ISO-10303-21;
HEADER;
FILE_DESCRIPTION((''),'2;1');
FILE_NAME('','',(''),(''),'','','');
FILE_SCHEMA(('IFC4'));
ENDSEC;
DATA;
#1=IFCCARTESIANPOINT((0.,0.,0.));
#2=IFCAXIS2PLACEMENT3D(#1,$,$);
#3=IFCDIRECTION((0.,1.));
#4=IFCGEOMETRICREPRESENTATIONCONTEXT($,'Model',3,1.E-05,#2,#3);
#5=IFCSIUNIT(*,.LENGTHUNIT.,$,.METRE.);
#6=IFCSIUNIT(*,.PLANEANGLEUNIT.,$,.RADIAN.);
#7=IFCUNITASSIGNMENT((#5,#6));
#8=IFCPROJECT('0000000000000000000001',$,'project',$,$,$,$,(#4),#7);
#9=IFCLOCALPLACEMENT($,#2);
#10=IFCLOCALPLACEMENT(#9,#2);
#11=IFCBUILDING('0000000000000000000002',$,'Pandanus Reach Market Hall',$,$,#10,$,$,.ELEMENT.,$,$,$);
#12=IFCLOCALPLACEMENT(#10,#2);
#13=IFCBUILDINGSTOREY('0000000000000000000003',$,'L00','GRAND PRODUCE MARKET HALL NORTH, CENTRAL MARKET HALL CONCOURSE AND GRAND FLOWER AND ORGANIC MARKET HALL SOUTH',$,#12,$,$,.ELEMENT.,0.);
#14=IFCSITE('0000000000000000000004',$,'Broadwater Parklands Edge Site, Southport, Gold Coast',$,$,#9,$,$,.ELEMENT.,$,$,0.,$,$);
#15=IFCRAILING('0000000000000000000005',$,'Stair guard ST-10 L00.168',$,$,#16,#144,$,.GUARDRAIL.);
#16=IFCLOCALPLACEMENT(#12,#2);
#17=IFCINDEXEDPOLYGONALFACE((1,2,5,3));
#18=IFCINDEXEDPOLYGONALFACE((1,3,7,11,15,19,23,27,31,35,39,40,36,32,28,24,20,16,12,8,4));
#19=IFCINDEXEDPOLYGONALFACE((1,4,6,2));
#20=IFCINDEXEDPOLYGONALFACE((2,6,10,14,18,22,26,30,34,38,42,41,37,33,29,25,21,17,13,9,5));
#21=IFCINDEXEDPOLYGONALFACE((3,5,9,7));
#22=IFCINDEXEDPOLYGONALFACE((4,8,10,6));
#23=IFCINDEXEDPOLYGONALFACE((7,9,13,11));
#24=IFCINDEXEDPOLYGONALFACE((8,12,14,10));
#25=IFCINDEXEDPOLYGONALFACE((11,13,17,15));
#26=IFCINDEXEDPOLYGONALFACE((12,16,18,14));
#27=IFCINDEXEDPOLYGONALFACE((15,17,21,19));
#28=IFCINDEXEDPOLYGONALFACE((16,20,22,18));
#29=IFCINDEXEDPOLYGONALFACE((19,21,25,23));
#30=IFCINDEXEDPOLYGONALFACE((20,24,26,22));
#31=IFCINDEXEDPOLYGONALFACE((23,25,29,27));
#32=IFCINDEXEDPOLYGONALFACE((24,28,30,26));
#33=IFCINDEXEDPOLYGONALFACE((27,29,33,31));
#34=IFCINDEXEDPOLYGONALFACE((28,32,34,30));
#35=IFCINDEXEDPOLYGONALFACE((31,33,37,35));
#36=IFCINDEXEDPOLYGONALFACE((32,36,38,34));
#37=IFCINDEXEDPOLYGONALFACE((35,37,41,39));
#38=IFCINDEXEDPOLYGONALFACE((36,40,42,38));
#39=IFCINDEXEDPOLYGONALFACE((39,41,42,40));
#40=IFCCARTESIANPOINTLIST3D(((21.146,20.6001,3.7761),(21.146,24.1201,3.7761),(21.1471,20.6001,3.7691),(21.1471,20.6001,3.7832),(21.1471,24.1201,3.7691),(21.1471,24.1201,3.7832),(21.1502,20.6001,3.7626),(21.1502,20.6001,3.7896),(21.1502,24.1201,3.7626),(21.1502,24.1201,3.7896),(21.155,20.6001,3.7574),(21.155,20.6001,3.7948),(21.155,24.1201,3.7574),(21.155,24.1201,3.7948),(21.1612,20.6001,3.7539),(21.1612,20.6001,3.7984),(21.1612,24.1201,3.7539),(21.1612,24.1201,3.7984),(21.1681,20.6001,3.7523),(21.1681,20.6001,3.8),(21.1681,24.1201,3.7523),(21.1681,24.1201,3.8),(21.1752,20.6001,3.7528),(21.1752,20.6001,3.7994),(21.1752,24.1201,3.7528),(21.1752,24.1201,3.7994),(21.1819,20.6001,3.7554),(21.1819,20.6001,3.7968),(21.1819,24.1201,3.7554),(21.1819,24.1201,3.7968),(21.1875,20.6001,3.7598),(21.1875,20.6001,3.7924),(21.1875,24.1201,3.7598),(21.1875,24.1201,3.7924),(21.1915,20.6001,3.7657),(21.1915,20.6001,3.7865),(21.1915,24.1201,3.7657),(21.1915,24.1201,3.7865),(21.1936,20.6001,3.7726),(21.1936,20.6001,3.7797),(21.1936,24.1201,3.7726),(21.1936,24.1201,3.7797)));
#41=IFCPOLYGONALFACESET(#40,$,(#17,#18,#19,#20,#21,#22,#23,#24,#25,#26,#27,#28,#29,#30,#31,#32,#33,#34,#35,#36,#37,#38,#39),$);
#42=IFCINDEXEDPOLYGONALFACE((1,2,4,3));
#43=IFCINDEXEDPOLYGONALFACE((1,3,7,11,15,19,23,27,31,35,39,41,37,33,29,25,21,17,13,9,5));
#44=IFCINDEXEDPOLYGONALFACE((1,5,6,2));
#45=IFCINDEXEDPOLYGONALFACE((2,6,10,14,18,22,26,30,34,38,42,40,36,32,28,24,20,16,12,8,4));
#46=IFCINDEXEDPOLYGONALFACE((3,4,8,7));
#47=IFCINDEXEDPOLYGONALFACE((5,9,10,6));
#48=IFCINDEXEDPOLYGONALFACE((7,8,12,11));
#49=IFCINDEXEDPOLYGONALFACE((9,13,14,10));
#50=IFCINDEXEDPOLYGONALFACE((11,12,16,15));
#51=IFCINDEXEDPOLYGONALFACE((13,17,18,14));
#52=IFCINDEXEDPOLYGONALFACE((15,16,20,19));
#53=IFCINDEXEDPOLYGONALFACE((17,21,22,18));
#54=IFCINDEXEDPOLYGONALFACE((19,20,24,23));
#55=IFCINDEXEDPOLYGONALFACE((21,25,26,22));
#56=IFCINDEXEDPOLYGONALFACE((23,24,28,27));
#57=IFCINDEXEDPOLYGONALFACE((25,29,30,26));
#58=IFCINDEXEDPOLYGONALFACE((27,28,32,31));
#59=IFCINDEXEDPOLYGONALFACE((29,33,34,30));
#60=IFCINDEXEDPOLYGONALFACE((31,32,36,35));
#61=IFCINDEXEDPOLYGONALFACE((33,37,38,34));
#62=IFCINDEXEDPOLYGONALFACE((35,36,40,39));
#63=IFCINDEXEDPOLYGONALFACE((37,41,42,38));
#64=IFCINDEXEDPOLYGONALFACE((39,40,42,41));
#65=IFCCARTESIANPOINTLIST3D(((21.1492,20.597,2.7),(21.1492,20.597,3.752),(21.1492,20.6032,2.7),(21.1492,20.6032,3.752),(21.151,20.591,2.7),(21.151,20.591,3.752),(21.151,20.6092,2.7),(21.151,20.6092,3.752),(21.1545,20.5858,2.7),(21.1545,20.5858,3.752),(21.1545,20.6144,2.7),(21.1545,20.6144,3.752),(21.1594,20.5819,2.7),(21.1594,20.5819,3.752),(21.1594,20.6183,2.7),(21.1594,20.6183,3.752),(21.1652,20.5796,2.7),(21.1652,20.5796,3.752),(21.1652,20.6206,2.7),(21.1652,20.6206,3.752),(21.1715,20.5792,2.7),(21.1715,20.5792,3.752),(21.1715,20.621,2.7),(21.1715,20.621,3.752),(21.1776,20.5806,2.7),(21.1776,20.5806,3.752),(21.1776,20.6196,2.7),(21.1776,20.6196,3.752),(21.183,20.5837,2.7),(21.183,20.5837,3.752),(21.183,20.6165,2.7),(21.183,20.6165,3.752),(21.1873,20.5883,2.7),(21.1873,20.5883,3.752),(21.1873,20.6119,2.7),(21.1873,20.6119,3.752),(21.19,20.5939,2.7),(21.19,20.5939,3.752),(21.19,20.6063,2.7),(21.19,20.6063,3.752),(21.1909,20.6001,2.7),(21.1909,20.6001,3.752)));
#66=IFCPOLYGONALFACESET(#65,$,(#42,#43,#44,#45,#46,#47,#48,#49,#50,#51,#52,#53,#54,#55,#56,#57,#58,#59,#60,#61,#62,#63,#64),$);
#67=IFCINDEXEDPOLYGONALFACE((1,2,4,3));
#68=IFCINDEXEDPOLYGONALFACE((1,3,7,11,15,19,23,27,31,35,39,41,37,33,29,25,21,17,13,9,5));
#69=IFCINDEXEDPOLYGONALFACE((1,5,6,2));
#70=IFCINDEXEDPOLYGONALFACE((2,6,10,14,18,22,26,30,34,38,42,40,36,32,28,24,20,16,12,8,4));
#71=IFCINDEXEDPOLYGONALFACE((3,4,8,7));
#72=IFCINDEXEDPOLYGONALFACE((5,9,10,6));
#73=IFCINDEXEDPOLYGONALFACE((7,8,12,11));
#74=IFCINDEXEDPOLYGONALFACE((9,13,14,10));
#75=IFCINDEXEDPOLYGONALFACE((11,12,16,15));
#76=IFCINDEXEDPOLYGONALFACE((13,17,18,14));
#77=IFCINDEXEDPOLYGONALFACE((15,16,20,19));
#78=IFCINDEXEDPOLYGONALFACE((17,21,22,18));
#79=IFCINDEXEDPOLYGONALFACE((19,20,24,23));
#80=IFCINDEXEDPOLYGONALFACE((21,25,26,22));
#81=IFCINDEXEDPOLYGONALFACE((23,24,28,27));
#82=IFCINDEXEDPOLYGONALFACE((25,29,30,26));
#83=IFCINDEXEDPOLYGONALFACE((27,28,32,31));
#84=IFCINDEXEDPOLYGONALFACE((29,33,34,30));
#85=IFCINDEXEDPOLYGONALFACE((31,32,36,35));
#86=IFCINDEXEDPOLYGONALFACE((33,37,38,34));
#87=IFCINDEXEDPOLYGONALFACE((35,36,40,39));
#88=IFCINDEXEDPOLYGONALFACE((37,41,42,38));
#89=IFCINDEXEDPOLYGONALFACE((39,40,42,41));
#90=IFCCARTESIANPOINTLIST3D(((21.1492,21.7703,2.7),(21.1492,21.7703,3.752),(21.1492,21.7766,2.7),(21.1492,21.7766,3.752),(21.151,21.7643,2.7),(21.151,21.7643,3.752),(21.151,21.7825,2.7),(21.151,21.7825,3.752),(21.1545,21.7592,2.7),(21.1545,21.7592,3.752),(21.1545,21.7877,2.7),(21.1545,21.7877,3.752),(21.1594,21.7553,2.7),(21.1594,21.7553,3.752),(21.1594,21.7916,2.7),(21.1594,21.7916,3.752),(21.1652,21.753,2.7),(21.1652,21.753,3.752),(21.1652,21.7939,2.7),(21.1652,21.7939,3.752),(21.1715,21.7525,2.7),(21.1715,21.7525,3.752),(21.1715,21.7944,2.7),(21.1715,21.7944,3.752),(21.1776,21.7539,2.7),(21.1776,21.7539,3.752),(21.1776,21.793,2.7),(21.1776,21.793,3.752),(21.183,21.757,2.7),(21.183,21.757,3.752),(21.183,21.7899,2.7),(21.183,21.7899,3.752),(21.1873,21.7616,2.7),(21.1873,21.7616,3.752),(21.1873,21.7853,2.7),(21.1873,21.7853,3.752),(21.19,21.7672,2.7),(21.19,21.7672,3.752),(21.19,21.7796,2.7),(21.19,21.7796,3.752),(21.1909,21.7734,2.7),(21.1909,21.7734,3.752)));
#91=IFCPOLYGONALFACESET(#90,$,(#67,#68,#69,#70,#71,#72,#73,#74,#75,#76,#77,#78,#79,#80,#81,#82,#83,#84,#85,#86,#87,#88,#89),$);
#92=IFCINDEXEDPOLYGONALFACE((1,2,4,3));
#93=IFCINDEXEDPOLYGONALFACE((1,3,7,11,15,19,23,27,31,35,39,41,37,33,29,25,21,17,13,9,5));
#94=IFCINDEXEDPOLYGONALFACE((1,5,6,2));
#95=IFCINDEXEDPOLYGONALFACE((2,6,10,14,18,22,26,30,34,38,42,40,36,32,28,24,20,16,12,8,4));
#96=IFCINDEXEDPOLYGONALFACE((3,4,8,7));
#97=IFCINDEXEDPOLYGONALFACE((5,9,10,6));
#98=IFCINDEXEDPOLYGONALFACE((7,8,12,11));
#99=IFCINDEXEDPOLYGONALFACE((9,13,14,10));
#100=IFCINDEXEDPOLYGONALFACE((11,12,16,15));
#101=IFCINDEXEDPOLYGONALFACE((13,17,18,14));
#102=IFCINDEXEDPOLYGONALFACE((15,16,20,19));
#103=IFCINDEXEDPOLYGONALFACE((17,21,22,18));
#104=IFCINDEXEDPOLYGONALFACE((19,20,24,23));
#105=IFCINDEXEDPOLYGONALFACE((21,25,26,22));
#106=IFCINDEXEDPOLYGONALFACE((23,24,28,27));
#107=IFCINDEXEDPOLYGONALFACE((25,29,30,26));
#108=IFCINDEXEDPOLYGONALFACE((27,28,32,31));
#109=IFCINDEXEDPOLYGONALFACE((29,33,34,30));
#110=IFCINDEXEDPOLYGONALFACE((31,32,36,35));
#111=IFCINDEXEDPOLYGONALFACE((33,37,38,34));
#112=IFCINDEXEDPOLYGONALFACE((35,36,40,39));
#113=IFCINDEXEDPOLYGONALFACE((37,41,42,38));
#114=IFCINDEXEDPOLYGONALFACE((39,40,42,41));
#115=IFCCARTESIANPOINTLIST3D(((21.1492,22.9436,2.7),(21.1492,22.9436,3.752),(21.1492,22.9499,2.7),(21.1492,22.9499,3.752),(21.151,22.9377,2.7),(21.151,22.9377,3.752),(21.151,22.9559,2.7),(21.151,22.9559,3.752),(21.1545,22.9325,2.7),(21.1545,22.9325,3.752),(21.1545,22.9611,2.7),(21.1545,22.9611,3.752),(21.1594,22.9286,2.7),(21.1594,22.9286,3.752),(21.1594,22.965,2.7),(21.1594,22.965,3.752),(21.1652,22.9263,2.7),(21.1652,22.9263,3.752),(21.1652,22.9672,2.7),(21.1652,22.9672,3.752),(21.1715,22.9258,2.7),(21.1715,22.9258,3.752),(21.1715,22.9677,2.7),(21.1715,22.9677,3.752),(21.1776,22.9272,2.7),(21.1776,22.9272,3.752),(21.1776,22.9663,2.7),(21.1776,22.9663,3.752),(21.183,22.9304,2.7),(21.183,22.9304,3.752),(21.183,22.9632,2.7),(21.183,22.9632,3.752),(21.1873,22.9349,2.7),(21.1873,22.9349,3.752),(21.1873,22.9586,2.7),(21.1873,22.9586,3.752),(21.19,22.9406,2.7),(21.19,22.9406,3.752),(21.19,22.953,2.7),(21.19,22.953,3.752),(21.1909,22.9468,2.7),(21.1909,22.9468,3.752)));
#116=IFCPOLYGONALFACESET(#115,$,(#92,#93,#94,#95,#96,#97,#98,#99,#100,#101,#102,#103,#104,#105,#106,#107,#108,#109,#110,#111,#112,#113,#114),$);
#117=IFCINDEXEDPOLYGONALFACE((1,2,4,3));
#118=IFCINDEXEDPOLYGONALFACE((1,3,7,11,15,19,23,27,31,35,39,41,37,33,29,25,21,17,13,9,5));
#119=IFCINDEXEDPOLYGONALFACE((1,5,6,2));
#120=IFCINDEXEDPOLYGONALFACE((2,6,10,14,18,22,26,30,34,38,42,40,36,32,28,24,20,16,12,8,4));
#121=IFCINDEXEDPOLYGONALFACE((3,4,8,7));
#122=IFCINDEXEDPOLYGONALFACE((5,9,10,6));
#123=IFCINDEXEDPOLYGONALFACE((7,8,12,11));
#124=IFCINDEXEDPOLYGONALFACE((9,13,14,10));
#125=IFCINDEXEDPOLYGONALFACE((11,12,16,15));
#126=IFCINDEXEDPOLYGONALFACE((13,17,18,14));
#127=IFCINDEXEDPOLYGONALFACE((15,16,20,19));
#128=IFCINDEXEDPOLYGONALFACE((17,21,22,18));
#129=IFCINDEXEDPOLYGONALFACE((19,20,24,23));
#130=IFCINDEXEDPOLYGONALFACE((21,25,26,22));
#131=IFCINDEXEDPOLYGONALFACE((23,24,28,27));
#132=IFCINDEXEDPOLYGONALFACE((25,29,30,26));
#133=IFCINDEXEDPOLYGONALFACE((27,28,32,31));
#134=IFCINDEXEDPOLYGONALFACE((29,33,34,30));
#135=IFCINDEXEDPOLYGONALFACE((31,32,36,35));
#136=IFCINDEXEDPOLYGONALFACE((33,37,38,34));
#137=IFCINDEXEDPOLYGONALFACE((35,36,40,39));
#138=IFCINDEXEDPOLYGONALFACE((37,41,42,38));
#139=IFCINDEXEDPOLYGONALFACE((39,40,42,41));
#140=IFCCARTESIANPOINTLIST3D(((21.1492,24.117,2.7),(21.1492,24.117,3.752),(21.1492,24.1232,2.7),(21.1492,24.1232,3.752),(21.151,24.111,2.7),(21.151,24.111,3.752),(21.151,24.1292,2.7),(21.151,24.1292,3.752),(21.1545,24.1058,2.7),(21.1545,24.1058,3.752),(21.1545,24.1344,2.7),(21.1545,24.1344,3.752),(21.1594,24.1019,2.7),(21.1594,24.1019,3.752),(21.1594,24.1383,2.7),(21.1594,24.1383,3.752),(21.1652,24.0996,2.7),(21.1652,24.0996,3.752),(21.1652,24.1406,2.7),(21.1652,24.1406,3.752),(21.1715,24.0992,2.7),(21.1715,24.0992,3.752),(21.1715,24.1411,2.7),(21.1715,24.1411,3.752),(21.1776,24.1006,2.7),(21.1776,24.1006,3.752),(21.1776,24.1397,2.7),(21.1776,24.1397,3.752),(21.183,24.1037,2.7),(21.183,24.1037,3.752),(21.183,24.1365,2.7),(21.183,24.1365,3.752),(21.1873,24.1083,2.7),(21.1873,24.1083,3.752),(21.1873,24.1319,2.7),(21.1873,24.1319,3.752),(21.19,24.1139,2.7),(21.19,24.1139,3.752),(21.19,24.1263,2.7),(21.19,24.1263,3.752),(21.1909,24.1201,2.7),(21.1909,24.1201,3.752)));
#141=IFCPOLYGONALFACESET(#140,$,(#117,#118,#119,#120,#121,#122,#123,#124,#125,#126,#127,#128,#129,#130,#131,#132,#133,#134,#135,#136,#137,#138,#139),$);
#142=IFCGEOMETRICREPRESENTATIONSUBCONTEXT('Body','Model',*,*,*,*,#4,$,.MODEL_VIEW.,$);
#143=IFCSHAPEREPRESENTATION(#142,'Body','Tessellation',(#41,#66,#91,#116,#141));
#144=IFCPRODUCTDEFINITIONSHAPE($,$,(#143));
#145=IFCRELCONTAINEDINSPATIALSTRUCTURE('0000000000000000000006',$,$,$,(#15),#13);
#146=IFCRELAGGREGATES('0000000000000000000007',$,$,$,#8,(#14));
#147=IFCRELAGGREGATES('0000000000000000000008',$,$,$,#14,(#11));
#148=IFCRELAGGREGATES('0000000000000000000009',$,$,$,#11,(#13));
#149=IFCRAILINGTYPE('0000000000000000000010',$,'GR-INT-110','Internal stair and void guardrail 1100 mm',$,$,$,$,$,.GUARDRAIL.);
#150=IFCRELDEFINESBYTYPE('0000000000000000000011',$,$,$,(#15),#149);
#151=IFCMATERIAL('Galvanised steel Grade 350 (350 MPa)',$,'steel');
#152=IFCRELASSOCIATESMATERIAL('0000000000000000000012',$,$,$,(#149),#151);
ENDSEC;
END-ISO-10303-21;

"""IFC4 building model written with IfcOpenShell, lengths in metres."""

from ifc_helpers import new_model, si_unit, direction, frame, origin, origin_2d, place, context, subcontext, project, spatial, circle, extrude, material, type_object, element, save


model = new_model("IFC4")

# Units and contexts
model_context = context("Model", 3, precision=1e-05, world=origin(), true_north=direction((0.0, 1.0)))
body_context = subcontext(model_context, "Body", "Model", "MODEL_VIEW")
ifc_project = project(units=[si_unit("LENGTHUNIT", "METRE"), si_unit("PLANEANGLEUNIT", "RADIAN")], contexts=[model_context])

# Site, building, storey
site_placement = place(None, origin())
site = spatial("IfcSite", under=ifc_project, at=site_placement, Name="Broadwater Parklands Edge Site, Southport, Gold Coast", CompositionType="ELEMENT", RefElevation=0.0)
building_placement = place(site_placement, origin())
building = spatial("IfcBuilding", under=site, at=building_placement, Name="Pandanus Reach Market Hall", CompositionType="ELEMENT")
storey_placement = place(building_placement, origin())
storey = spatial("IfcBuildingStorey", under=building, at=storey_placement, Name="L00", Description="GRAND PRODUCE MARKET HALL NORTH, CENTRAL MARKET HALL CONCOURSE AND GRAND FLOWER AND ORGANIC MARKET HALL SOUTH", CompositionType="ELEMENT", Elevation=0.0)

# Railing
ifc_material_1 = material(Name="Galvanised steel Grade 350 (350 MPa)", Category="steel")
railing_type_1 = type_object("IfcRailingType", Name="GR-INT-110", Description="Internal stair and void guardrail 1100 mm", PredefinedType="GUARDRAIL", material=ifc_material_1)
railing_1_placement = place(storey_placement, frame((21.1699, 20.6001, 2.7)))
element("IfcRailing", 1, at=railing_1_placement, inside=storey, type_object=railing_type_1, Name="Stair guard ST-10 L00.168", PredefinedType="GUARDRAIL", context=body_context, shape_type="SweptSolid", body=[
    extrude(circle(Radius=0.0239, at=origin_2d()), frame((0.0, 0.0, 1.0762), z_axis=(0.0, 1.0, 0.0), x_axis=(-1.0, 0.0, 0.0)), (0.0, 0.0, 1.0), 3.52),
    extrude(circle(Radius=0.021, at=origin_2d()), origin(), (0.0, 0.0, 1.0), 1.052),
    extrude(circle(Radius=0.021, at=origin_2d()), frame((0.0, 1.1733, 0.0)), (0.0, 0.0, 1.0), 1.052),
    extrude(circle(Radius=0.021, at=origin_2d()), frame((0.0, 2.3467, 0.0)), (0.0, 0.0, 1.0), 1.052),
    extrude(circle(Radius=0.021, at=origin_2d()), frame((0.0, 3.52, 0.0)), (0.0, 0.0, 1.0), 1.052),
])

save(model, "model.ifc")
